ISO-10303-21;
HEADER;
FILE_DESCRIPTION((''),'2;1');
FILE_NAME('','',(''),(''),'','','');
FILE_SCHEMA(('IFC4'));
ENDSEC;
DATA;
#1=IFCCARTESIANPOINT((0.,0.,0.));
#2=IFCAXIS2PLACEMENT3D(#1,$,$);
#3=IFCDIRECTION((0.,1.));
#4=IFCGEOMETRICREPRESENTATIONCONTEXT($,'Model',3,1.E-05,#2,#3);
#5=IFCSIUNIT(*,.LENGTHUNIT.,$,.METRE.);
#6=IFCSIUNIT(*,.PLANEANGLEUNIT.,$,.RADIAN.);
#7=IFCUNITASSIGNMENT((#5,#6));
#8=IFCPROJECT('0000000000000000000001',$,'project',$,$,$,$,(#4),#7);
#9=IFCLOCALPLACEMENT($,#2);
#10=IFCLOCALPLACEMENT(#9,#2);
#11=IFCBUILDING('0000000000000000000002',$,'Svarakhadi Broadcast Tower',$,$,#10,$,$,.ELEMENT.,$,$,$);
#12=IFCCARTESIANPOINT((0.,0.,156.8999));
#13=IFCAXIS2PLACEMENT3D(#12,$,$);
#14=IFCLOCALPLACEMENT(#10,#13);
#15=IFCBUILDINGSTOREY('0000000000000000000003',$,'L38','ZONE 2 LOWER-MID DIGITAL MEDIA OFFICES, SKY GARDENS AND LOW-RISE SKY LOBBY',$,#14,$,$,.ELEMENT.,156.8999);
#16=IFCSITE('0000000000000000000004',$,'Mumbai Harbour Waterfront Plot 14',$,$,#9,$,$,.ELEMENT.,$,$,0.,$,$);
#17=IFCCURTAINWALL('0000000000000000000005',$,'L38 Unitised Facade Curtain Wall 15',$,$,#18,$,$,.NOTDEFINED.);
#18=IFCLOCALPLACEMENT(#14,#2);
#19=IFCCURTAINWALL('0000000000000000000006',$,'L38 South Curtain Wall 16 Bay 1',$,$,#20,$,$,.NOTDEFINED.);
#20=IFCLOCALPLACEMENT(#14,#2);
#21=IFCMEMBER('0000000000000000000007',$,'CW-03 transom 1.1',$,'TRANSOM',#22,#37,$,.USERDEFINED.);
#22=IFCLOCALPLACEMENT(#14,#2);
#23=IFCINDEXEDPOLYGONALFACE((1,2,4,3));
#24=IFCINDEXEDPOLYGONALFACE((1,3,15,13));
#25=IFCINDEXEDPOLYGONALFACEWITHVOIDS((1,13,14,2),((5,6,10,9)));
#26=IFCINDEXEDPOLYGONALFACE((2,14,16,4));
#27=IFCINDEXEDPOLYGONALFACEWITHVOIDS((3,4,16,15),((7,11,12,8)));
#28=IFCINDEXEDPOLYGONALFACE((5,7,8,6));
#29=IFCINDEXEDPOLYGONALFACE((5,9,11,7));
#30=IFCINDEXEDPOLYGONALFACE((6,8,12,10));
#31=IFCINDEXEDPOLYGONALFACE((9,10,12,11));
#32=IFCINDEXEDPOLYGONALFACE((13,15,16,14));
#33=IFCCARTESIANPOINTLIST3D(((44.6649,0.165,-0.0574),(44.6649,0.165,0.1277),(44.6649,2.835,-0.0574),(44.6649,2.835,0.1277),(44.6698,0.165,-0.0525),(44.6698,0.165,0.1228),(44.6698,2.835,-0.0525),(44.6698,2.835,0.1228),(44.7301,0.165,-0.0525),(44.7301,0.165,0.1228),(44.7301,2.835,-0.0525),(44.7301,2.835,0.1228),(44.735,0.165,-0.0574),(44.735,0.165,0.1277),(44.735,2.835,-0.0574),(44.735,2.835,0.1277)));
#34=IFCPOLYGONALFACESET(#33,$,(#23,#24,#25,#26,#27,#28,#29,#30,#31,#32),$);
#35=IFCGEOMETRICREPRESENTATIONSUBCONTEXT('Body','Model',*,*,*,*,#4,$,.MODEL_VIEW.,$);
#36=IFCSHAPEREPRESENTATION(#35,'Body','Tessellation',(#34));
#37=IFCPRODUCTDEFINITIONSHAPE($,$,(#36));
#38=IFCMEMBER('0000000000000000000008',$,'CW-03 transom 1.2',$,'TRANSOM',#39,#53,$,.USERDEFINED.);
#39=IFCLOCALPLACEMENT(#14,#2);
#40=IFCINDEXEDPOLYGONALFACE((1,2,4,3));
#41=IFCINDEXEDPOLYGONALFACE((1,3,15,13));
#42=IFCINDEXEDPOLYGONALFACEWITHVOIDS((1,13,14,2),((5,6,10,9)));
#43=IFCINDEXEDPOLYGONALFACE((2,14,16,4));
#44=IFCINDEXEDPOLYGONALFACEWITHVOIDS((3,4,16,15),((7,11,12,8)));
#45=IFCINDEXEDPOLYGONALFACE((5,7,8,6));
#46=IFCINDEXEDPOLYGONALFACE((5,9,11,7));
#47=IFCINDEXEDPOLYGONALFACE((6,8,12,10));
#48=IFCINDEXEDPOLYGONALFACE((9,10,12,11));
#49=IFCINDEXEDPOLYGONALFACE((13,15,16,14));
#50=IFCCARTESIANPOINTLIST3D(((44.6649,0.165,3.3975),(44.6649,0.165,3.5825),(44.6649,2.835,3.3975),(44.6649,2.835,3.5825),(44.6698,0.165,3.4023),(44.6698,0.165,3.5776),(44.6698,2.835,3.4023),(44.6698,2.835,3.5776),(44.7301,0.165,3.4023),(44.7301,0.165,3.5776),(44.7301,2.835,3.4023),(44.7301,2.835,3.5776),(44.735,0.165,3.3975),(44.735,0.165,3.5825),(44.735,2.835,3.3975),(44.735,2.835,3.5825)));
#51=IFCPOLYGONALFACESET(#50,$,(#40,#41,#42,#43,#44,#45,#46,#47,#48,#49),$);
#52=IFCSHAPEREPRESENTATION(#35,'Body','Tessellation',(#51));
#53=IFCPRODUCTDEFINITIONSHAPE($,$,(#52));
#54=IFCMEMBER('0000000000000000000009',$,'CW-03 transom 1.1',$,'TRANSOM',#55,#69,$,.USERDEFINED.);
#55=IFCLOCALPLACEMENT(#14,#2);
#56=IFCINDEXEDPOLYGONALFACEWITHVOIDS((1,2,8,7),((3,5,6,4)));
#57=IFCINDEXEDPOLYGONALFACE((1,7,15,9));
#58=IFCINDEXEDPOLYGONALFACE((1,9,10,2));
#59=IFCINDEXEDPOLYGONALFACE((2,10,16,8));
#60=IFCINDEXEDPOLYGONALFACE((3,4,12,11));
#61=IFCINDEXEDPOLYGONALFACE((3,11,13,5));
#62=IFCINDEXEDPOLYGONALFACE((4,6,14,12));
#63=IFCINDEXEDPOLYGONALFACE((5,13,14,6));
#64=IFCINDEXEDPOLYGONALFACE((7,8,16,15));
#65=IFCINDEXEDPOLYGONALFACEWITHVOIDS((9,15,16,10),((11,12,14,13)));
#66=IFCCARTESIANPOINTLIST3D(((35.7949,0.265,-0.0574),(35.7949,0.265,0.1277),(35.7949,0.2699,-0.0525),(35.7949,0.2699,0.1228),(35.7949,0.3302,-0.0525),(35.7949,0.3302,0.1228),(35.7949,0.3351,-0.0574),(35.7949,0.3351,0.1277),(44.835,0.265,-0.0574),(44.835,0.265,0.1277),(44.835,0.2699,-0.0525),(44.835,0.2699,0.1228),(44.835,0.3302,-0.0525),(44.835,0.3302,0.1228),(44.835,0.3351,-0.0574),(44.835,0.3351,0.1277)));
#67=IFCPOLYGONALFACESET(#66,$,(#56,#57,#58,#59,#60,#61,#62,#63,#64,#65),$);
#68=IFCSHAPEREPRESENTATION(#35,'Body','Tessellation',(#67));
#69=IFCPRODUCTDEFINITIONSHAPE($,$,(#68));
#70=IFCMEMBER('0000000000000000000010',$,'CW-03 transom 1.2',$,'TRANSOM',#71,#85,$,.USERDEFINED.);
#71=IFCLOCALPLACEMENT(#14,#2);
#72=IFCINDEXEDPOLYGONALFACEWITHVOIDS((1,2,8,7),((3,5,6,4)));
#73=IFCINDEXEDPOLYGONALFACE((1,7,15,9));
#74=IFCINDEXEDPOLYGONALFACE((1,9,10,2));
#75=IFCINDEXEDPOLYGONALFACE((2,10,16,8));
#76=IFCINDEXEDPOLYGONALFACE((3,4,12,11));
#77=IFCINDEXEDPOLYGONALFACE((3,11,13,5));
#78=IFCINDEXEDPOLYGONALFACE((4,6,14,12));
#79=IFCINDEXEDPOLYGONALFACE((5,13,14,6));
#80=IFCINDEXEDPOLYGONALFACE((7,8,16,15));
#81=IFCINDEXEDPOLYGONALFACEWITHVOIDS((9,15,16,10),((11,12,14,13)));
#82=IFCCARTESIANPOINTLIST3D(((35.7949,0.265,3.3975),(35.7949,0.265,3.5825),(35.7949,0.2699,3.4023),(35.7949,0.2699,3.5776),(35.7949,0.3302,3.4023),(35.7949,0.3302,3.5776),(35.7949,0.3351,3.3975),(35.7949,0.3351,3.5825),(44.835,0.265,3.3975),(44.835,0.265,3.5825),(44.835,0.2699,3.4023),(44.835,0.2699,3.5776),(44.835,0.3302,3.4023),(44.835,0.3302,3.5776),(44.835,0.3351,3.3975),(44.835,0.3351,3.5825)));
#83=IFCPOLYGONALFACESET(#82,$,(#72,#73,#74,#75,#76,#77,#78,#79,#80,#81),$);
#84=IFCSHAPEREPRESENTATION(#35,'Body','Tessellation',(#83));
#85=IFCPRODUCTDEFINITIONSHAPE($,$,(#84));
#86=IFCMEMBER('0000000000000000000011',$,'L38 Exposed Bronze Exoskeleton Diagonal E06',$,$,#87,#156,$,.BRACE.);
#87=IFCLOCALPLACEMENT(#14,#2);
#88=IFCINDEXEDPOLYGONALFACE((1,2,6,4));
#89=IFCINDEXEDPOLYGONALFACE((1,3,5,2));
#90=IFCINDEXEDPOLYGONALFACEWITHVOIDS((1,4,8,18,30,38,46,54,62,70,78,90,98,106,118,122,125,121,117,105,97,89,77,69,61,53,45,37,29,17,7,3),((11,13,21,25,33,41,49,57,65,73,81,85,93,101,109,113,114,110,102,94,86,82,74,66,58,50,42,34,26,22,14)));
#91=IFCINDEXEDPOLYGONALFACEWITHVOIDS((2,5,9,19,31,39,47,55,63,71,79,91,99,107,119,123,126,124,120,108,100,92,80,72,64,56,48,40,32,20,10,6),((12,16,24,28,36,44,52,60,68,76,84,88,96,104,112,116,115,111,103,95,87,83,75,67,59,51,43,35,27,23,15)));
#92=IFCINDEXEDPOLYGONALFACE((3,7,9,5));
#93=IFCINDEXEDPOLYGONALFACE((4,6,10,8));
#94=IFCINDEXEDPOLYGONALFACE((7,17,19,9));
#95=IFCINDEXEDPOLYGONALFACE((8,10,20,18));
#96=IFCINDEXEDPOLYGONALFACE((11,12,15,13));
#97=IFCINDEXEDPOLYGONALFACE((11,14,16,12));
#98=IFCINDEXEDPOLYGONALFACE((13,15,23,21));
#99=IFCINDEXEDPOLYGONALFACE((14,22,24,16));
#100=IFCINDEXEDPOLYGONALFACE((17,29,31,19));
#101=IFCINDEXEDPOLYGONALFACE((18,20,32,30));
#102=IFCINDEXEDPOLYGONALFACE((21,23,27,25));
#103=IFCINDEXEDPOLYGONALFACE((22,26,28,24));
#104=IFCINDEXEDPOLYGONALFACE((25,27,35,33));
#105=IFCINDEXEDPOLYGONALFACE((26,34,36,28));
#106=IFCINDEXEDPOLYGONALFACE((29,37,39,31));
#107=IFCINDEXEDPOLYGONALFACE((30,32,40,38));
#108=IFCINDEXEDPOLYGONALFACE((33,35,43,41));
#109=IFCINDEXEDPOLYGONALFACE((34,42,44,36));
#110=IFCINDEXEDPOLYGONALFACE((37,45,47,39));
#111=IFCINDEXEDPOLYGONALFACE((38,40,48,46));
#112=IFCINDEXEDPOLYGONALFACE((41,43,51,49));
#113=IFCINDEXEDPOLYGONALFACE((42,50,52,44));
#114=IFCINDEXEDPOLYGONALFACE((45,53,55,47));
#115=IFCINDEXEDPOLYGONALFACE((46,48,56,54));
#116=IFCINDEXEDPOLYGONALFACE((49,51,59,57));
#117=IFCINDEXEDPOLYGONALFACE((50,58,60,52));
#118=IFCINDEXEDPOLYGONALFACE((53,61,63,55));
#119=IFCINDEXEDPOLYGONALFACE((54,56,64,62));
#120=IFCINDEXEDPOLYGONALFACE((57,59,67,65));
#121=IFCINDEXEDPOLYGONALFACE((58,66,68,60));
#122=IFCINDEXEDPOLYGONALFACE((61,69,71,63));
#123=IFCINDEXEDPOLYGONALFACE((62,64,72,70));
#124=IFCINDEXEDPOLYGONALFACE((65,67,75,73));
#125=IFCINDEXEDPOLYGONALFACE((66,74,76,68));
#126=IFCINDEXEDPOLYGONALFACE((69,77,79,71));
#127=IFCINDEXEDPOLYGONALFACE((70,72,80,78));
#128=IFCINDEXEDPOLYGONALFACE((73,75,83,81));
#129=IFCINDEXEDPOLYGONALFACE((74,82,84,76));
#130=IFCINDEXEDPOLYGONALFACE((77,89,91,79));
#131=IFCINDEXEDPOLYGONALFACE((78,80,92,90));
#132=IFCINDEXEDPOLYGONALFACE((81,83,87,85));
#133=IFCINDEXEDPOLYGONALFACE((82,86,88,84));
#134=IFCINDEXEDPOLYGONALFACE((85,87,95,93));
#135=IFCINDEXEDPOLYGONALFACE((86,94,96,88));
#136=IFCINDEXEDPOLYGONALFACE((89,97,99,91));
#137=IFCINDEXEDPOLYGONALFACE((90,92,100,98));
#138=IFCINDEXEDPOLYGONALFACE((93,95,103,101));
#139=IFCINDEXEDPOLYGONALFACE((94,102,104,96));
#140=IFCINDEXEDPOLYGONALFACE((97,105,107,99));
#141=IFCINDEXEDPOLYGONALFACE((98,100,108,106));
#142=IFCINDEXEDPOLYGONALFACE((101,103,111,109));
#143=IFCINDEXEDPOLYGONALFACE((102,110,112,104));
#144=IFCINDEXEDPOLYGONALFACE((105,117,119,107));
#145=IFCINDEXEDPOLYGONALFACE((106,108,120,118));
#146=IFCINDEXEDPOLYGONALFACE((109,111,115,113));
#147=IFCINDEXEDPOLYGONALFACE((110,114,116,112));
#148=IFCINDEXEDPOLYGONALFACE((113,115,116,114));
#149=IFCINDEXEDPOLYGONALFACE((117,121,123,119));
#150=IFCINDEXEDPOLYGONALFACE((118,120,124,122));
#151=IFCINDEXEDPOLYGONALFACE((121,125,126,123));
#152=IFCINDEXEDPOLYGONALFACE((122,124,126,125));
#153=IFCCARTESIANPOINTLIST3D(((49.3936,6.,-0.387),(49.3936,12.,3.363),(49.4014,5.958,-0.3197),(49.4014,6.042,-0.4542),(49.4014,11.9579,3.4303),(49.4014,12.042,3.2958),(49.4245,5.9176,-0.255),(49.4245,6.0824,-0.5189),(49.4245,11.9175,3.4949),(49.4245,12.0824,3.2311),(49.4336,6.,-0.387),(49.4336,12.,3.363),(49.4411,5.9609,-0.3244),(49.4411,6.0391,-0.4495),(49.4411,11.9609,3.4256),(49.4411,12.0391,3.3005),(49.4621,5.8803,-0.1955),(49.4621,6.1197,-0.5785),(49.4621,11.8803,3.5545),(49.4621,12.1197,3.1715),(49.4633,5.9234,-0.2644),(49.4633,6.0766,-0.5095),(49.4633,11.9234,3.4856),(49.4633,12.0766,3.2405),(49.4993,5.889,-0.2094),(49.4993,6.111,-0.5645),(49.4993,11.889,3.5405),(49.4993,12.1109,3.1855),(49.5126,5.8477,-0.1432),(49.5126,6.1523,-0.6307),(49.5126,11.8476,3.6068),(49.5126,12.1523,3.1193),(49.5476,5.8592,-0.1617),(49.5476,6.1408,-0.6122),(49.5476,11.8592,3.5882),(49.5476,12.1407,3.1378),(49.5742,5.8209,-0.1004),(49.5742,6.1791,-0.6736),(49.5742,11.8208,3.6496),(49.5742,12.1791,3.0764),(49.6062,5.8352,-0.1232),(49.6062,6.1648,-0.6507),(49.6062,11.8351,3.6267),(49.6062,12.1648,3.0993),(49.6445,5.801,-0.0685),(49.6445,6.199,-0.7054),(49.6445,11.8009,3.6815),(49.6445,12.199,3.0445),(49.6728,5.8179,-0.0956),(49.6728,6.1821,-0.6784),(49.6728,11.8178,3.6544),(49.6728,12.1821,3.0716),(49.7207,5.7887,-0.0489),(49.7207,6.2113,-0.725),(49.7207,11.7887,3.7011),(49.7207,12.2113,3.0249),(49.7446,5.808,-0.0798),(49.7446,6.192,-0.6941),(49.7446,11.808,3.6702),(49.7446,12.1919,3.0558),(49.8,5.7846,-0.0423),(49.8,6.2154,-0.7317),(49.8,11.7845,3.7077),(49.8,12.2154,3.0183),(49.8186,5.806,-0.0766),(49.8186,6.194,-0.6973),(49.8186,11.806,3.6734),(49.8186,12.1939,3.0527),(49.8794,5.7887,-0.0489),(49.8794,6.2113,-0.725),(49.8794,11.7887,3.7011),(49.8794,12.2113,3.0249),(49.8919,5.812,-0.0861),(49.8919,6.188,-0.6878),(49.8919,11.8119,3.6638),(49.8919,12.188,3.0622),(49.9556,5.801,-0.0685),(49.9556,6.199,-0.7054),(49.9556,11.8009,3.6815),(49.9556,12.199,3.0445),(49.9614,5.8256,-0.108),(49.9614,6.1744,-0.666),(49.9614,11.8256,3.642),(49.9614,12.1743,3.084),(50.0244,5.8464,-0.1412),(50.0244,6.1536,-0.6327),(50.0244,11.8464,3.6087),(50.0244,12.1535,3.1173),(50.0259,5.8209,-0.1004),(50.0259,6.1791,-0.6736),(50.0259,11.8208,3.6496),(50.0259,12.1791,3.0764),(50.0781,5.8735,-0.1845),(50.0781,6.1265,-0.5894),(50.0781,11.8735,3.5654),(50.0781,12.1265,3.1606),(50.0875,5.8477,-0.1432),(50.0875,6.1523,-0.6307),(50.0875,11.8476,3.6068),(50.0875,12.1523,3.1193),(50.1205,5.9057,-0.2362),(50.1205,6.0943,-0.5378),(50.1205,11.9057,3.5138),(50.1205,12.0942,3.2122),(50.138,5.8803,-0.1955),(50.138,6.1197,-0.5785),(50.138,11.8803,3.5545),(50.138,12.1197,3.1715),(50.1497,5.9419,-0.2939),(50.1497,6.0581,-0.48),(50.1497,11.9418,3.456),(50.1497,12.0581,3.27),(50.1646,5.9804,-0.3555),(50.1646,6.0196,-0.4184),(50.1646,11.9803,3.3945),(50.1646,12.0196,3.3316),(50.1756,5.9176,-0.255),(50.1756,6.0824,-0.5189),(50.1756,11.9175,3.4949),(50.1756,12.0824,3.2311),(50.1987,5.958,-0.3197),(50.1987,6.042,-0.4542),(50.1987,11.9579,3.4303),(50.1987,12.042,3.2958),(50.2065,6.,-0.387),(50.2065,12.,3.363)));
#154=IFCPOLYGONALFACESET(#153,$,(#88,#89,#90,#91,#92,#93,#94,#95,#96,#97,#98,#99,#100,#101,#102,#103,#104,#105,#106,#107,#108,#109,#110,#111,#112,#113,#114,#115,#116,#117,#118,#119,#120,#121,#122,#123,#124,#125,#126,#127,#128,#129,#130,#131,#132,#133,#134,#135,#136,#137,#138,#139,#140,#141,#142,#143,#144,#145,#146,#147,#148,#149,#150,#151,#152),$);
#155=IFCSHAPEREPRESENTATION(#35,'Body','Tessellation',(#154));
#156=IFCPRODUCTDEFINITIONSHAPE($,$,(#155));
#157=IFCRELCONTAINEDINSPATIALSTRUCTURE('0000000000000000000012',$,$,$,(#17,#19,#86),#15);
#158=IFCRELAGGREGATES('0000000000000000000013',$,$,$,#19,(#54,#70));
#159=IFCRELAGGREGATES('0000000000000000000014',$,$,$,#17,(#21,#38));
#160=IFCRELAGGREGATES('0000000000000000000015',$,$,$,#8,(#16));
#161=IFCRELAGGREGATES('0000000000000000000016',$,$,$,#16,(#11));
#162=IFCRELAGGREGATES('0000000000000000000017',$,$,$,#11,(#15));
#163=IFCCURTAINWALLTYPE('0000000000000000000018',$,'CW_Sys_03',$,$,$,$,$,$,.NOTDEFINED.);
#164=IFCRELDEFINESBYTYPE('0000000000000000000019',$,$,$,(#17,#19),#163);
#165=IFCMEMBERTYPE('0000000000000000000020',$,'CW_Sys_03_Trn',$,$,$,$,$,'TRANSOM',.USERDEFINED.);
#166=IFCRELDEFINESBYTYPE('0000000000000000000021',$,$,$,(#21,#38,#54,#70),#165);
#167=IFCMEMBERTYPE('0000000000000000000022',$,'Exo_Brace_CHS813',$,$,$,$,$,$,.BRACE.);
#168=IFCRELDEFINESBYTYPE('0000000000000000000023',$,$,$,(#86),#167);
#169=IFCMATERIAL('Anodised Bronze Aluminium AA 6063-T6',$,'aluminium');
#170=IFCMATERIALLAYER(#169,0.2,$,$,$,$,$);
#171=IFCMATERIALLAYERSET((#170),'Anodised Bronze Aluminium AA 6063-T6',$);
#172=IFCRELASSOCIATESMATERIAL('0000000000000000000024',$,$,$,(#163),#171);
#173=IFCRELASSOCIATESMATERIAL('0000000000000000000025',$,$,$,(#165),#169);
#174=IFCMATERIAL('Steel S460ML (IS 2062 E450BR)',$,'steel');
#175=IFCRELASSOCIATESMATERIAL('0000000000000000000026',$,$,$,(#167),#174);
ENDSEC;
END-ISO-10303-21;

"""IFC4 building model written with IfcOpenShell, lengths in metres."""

from ifc_helpers import new_model, si_unit, direction, frame, origin, origin_2d, place, context, subcontext, project, spatial, hollow_rectangle, hollow_circle, extrude, material, layer, layer_set, material_profile, profile_set, type_object, element, aggregate, save


model = new_model("IFC4")

# Units and contexts
model_context = context("Model", 3, precision=1e-05, world=origin(), true_north=direction((0.0, 1.0)))
body_context = subcontext(model_context, "Body", "Model", "MODEL_VIEW")
ifc_project = project(units=[si_unit("LENGTHUNIT", "METRE"), si_unit("PLANEANGLEUNIT", "RADIAN")], contexts=[model_context])

# Site, building, storey
site_placement = place(None, origin())
site = spatial("IfcSite", under=ifc_project, at=site_placement, Name="Mumbai Harbour Waterfront Plot 14", CompositionType="ELEMENT", RefElevation=0.0)
building_placement = place(site_placement, origin())
building = spatial("IfcBuilding", under=site, at=building_placement, Name="Svarakhadi Broadcast Tower", CompositionType="ELEMENT")
storey_placement = place(building_placement, frame((0.0, 0.0, 156.8999)))
storey = spatial("IfcBuildingStorey", under=building, at=storey_placement, Name="L38", Description="ZONE 2 LOWER-MID DIGITAL MEDIA OFFICES, SKY GARDENS AND LOW-RISE SKY LOBBY", CompositionType="ELEMENT", Elevation=156.8999)

# Shared definitions
ifc_material_1 = material(Name="Steel S460ML (IS 2062 E450BR)", Category="steel")

# Curtain wall
ifc_material_2 = material(Name="Anodised Bronze Aluminium AA 6063-T6", Category="aluminium")
ifc_layer_1 = layer(ifc_material_2, 0.2)
ifc_layer_set_1 = layer_set([ifc_layer_1], Name="Anodised Bronze Aluminium AA 6063-T6")
curtain_wall_type = type_object("IfcCurtainWallType", Name="CW_Sys_03", PredefinedType="NOTDEFINED", material=ifc_layer_set_1)
curtain_wall_1_placement = place(storey_placement, origin())
curtain_wall_1 = element("IfcCurtainWall", 1, at=curtain_wall_1_placement, inside=storey, type_object=curtain_wall_type, Name="L38 Unitised Facade Curtain Wall 15", PredefinedType="NOTDEFINED")

# Curtain wall
curtain_wall_2_placement = place(storey_placement, origin())
curtain_wall_2 = element("IfcCurtainWall", 2, at=curtain_wall_2_placement, inside=storey, type_object=curtain_wall_type, Name="L38 South Curtain Wall 16 Bay 1", PredefinedType="NOTDEFINED")

# Members
ifc_material_profile_1 = material_profile(ifc_material_2, hollow_rectangle(XDim=0.0701, YDim=0.1851, WallThickness=0.0049, at=origin_2d()), Name="ALU TRANSOM 185x70x5")
ifc_profile_set_1 = profile_set([ifc_material_profile_1], Name="Anodised Bronze Aluminium AA 6063-T6")
member_type_1 = type_object("IfcMemberType", Name="CW_Sys_03_Trn", ElementType="TRANSOM", PredefinedType="USERDEFINED", material=ifc_profile_set_1)
member_1_placement = place(storey_placement, frame((44.7, 2.835, 0.0352), z_axis=(0.0, -1.0, 0.0), x_axis=(1.0, 0.0, 0.0)))
member_1 = element("IfcMember", 3, at=member_1_placement, type_object=member_type_1, Name="CW-03 transom 1.1", ObjectType="TRANSOM", PredefinedType="USERDEFINED", context=body_context, shape_type="SweptSolid", body=[
    extrude(hollow_rectangle(XDim=0.0701, YDim=0.1851, WallThickness=0.0049, at=origin_2d()), origin(), (0.0, 0.0, 1.0), 2.6699),
])
member_2_placement = place(storey_placement, frame((44.7, 2.835, 3.49), z_axis=(0.0, -1.0, 0.0), x_axis=(1.0, 0.0, 0.0)))
member_2 = element("IfcMember", 4, at=member_2_placement, type_object=member_type_1, Name="CW-03 transom 1.2", ObjectType="TRANSOM", PredefinedType="USERDEFINED", context=body_context, shape_type="SweptSolid", body=[
    extrude(hollow_rectangle(XDim=0.0701, YDim=0.1851, WallThickness=0.0049, at=origin_2d()), origin(), (0.0, 0.0, 1.0), 2.6699),
])
member_3_placement = place(storey_placement, frame((44.835, 0.3, 0.0352), z_axis=(-1.0, 0.0, 0.0), x_axis=(0.0, -1.0, 0.0)))
member_3 = element("IfcMember", 5, at=member_3_placement, type_object=member_type_1, Name="CW-03 transom 1.1", ObjectType="TRANSOM", PredefinedType="USERDEFINED", context=body_context, shape_type="SweptSolid", body=[
    extrude(hollow_rectangle(XDim=0.0701, YDim=0.1851, WallThickness=0.0049, at=origin_2d()), origin(), (0.0, 0.0, 1.0), 9.04),
])
member_4_placement = place(storey_placement, frame((44.835, 0.3, 3.49), z_axis=(-1.0, 0.0, 0.0), x_axis=(0.0, -1.0, 0.0)))
member_4 = element("IfcMember", 6, at=member_4_placement, type_object=member_type_1, Name="CW-03 transom 1.2", ObjectType="TRANSOM", PredefinedType="USERDEFINED", context=body_context, shape_type="SweptSolid", body=[
    extrude(hollow_rectangle(XDim=0.0701, YDim=0.1851, WallThickness=0.0049, at=origin_2d()), origin(), (0.0, 0.0, 1.0), 9.04),
])
aggregate(curtain_wall_2, [member_3, member_4])

# Member
ifc_material_profile_2 = material_profile(ifc_material_1, hollow_circle(Radius=0.4065, WallThickness=0.04, at=origin_2d()), Name="CHS 813x40")
ifc_profile_set_2 = profile_set([ifc_material_profile_2], Name="Steel S460ML (IS 2062 E450BR)")
member_type_2 = type_object("IfcMemberType", Name="Exo_Brace_CHS813", PredefinedType="BRACE", material=ifc_profile_set_2)
member_5_placement = place(storey_placement, frame((49.8, 6.0, -0.387), z_axis=(0.0, 0.847998, 0.529999), x_axis=(-1.0, 0.0, 0.0)))
element("IfcMember", 7, at=member_5_placement, inside=storey, type_object=member_type_2, Name="L38 Exposed Bronze Exoskeleton Diagonal E06", PredefinedType="BRACE", context=body_context, shape_type="SweptSolid", body=[
    extrude(hollow_circle(Radius=0.4065, WallThickness=0.04, at=origin_2d()), origin(), (0.0, 0.0, 1.0), 7.0754),
])

aggregate(curtain_wall_1, [member_1, member_2])

save(model, "model.ifc")
